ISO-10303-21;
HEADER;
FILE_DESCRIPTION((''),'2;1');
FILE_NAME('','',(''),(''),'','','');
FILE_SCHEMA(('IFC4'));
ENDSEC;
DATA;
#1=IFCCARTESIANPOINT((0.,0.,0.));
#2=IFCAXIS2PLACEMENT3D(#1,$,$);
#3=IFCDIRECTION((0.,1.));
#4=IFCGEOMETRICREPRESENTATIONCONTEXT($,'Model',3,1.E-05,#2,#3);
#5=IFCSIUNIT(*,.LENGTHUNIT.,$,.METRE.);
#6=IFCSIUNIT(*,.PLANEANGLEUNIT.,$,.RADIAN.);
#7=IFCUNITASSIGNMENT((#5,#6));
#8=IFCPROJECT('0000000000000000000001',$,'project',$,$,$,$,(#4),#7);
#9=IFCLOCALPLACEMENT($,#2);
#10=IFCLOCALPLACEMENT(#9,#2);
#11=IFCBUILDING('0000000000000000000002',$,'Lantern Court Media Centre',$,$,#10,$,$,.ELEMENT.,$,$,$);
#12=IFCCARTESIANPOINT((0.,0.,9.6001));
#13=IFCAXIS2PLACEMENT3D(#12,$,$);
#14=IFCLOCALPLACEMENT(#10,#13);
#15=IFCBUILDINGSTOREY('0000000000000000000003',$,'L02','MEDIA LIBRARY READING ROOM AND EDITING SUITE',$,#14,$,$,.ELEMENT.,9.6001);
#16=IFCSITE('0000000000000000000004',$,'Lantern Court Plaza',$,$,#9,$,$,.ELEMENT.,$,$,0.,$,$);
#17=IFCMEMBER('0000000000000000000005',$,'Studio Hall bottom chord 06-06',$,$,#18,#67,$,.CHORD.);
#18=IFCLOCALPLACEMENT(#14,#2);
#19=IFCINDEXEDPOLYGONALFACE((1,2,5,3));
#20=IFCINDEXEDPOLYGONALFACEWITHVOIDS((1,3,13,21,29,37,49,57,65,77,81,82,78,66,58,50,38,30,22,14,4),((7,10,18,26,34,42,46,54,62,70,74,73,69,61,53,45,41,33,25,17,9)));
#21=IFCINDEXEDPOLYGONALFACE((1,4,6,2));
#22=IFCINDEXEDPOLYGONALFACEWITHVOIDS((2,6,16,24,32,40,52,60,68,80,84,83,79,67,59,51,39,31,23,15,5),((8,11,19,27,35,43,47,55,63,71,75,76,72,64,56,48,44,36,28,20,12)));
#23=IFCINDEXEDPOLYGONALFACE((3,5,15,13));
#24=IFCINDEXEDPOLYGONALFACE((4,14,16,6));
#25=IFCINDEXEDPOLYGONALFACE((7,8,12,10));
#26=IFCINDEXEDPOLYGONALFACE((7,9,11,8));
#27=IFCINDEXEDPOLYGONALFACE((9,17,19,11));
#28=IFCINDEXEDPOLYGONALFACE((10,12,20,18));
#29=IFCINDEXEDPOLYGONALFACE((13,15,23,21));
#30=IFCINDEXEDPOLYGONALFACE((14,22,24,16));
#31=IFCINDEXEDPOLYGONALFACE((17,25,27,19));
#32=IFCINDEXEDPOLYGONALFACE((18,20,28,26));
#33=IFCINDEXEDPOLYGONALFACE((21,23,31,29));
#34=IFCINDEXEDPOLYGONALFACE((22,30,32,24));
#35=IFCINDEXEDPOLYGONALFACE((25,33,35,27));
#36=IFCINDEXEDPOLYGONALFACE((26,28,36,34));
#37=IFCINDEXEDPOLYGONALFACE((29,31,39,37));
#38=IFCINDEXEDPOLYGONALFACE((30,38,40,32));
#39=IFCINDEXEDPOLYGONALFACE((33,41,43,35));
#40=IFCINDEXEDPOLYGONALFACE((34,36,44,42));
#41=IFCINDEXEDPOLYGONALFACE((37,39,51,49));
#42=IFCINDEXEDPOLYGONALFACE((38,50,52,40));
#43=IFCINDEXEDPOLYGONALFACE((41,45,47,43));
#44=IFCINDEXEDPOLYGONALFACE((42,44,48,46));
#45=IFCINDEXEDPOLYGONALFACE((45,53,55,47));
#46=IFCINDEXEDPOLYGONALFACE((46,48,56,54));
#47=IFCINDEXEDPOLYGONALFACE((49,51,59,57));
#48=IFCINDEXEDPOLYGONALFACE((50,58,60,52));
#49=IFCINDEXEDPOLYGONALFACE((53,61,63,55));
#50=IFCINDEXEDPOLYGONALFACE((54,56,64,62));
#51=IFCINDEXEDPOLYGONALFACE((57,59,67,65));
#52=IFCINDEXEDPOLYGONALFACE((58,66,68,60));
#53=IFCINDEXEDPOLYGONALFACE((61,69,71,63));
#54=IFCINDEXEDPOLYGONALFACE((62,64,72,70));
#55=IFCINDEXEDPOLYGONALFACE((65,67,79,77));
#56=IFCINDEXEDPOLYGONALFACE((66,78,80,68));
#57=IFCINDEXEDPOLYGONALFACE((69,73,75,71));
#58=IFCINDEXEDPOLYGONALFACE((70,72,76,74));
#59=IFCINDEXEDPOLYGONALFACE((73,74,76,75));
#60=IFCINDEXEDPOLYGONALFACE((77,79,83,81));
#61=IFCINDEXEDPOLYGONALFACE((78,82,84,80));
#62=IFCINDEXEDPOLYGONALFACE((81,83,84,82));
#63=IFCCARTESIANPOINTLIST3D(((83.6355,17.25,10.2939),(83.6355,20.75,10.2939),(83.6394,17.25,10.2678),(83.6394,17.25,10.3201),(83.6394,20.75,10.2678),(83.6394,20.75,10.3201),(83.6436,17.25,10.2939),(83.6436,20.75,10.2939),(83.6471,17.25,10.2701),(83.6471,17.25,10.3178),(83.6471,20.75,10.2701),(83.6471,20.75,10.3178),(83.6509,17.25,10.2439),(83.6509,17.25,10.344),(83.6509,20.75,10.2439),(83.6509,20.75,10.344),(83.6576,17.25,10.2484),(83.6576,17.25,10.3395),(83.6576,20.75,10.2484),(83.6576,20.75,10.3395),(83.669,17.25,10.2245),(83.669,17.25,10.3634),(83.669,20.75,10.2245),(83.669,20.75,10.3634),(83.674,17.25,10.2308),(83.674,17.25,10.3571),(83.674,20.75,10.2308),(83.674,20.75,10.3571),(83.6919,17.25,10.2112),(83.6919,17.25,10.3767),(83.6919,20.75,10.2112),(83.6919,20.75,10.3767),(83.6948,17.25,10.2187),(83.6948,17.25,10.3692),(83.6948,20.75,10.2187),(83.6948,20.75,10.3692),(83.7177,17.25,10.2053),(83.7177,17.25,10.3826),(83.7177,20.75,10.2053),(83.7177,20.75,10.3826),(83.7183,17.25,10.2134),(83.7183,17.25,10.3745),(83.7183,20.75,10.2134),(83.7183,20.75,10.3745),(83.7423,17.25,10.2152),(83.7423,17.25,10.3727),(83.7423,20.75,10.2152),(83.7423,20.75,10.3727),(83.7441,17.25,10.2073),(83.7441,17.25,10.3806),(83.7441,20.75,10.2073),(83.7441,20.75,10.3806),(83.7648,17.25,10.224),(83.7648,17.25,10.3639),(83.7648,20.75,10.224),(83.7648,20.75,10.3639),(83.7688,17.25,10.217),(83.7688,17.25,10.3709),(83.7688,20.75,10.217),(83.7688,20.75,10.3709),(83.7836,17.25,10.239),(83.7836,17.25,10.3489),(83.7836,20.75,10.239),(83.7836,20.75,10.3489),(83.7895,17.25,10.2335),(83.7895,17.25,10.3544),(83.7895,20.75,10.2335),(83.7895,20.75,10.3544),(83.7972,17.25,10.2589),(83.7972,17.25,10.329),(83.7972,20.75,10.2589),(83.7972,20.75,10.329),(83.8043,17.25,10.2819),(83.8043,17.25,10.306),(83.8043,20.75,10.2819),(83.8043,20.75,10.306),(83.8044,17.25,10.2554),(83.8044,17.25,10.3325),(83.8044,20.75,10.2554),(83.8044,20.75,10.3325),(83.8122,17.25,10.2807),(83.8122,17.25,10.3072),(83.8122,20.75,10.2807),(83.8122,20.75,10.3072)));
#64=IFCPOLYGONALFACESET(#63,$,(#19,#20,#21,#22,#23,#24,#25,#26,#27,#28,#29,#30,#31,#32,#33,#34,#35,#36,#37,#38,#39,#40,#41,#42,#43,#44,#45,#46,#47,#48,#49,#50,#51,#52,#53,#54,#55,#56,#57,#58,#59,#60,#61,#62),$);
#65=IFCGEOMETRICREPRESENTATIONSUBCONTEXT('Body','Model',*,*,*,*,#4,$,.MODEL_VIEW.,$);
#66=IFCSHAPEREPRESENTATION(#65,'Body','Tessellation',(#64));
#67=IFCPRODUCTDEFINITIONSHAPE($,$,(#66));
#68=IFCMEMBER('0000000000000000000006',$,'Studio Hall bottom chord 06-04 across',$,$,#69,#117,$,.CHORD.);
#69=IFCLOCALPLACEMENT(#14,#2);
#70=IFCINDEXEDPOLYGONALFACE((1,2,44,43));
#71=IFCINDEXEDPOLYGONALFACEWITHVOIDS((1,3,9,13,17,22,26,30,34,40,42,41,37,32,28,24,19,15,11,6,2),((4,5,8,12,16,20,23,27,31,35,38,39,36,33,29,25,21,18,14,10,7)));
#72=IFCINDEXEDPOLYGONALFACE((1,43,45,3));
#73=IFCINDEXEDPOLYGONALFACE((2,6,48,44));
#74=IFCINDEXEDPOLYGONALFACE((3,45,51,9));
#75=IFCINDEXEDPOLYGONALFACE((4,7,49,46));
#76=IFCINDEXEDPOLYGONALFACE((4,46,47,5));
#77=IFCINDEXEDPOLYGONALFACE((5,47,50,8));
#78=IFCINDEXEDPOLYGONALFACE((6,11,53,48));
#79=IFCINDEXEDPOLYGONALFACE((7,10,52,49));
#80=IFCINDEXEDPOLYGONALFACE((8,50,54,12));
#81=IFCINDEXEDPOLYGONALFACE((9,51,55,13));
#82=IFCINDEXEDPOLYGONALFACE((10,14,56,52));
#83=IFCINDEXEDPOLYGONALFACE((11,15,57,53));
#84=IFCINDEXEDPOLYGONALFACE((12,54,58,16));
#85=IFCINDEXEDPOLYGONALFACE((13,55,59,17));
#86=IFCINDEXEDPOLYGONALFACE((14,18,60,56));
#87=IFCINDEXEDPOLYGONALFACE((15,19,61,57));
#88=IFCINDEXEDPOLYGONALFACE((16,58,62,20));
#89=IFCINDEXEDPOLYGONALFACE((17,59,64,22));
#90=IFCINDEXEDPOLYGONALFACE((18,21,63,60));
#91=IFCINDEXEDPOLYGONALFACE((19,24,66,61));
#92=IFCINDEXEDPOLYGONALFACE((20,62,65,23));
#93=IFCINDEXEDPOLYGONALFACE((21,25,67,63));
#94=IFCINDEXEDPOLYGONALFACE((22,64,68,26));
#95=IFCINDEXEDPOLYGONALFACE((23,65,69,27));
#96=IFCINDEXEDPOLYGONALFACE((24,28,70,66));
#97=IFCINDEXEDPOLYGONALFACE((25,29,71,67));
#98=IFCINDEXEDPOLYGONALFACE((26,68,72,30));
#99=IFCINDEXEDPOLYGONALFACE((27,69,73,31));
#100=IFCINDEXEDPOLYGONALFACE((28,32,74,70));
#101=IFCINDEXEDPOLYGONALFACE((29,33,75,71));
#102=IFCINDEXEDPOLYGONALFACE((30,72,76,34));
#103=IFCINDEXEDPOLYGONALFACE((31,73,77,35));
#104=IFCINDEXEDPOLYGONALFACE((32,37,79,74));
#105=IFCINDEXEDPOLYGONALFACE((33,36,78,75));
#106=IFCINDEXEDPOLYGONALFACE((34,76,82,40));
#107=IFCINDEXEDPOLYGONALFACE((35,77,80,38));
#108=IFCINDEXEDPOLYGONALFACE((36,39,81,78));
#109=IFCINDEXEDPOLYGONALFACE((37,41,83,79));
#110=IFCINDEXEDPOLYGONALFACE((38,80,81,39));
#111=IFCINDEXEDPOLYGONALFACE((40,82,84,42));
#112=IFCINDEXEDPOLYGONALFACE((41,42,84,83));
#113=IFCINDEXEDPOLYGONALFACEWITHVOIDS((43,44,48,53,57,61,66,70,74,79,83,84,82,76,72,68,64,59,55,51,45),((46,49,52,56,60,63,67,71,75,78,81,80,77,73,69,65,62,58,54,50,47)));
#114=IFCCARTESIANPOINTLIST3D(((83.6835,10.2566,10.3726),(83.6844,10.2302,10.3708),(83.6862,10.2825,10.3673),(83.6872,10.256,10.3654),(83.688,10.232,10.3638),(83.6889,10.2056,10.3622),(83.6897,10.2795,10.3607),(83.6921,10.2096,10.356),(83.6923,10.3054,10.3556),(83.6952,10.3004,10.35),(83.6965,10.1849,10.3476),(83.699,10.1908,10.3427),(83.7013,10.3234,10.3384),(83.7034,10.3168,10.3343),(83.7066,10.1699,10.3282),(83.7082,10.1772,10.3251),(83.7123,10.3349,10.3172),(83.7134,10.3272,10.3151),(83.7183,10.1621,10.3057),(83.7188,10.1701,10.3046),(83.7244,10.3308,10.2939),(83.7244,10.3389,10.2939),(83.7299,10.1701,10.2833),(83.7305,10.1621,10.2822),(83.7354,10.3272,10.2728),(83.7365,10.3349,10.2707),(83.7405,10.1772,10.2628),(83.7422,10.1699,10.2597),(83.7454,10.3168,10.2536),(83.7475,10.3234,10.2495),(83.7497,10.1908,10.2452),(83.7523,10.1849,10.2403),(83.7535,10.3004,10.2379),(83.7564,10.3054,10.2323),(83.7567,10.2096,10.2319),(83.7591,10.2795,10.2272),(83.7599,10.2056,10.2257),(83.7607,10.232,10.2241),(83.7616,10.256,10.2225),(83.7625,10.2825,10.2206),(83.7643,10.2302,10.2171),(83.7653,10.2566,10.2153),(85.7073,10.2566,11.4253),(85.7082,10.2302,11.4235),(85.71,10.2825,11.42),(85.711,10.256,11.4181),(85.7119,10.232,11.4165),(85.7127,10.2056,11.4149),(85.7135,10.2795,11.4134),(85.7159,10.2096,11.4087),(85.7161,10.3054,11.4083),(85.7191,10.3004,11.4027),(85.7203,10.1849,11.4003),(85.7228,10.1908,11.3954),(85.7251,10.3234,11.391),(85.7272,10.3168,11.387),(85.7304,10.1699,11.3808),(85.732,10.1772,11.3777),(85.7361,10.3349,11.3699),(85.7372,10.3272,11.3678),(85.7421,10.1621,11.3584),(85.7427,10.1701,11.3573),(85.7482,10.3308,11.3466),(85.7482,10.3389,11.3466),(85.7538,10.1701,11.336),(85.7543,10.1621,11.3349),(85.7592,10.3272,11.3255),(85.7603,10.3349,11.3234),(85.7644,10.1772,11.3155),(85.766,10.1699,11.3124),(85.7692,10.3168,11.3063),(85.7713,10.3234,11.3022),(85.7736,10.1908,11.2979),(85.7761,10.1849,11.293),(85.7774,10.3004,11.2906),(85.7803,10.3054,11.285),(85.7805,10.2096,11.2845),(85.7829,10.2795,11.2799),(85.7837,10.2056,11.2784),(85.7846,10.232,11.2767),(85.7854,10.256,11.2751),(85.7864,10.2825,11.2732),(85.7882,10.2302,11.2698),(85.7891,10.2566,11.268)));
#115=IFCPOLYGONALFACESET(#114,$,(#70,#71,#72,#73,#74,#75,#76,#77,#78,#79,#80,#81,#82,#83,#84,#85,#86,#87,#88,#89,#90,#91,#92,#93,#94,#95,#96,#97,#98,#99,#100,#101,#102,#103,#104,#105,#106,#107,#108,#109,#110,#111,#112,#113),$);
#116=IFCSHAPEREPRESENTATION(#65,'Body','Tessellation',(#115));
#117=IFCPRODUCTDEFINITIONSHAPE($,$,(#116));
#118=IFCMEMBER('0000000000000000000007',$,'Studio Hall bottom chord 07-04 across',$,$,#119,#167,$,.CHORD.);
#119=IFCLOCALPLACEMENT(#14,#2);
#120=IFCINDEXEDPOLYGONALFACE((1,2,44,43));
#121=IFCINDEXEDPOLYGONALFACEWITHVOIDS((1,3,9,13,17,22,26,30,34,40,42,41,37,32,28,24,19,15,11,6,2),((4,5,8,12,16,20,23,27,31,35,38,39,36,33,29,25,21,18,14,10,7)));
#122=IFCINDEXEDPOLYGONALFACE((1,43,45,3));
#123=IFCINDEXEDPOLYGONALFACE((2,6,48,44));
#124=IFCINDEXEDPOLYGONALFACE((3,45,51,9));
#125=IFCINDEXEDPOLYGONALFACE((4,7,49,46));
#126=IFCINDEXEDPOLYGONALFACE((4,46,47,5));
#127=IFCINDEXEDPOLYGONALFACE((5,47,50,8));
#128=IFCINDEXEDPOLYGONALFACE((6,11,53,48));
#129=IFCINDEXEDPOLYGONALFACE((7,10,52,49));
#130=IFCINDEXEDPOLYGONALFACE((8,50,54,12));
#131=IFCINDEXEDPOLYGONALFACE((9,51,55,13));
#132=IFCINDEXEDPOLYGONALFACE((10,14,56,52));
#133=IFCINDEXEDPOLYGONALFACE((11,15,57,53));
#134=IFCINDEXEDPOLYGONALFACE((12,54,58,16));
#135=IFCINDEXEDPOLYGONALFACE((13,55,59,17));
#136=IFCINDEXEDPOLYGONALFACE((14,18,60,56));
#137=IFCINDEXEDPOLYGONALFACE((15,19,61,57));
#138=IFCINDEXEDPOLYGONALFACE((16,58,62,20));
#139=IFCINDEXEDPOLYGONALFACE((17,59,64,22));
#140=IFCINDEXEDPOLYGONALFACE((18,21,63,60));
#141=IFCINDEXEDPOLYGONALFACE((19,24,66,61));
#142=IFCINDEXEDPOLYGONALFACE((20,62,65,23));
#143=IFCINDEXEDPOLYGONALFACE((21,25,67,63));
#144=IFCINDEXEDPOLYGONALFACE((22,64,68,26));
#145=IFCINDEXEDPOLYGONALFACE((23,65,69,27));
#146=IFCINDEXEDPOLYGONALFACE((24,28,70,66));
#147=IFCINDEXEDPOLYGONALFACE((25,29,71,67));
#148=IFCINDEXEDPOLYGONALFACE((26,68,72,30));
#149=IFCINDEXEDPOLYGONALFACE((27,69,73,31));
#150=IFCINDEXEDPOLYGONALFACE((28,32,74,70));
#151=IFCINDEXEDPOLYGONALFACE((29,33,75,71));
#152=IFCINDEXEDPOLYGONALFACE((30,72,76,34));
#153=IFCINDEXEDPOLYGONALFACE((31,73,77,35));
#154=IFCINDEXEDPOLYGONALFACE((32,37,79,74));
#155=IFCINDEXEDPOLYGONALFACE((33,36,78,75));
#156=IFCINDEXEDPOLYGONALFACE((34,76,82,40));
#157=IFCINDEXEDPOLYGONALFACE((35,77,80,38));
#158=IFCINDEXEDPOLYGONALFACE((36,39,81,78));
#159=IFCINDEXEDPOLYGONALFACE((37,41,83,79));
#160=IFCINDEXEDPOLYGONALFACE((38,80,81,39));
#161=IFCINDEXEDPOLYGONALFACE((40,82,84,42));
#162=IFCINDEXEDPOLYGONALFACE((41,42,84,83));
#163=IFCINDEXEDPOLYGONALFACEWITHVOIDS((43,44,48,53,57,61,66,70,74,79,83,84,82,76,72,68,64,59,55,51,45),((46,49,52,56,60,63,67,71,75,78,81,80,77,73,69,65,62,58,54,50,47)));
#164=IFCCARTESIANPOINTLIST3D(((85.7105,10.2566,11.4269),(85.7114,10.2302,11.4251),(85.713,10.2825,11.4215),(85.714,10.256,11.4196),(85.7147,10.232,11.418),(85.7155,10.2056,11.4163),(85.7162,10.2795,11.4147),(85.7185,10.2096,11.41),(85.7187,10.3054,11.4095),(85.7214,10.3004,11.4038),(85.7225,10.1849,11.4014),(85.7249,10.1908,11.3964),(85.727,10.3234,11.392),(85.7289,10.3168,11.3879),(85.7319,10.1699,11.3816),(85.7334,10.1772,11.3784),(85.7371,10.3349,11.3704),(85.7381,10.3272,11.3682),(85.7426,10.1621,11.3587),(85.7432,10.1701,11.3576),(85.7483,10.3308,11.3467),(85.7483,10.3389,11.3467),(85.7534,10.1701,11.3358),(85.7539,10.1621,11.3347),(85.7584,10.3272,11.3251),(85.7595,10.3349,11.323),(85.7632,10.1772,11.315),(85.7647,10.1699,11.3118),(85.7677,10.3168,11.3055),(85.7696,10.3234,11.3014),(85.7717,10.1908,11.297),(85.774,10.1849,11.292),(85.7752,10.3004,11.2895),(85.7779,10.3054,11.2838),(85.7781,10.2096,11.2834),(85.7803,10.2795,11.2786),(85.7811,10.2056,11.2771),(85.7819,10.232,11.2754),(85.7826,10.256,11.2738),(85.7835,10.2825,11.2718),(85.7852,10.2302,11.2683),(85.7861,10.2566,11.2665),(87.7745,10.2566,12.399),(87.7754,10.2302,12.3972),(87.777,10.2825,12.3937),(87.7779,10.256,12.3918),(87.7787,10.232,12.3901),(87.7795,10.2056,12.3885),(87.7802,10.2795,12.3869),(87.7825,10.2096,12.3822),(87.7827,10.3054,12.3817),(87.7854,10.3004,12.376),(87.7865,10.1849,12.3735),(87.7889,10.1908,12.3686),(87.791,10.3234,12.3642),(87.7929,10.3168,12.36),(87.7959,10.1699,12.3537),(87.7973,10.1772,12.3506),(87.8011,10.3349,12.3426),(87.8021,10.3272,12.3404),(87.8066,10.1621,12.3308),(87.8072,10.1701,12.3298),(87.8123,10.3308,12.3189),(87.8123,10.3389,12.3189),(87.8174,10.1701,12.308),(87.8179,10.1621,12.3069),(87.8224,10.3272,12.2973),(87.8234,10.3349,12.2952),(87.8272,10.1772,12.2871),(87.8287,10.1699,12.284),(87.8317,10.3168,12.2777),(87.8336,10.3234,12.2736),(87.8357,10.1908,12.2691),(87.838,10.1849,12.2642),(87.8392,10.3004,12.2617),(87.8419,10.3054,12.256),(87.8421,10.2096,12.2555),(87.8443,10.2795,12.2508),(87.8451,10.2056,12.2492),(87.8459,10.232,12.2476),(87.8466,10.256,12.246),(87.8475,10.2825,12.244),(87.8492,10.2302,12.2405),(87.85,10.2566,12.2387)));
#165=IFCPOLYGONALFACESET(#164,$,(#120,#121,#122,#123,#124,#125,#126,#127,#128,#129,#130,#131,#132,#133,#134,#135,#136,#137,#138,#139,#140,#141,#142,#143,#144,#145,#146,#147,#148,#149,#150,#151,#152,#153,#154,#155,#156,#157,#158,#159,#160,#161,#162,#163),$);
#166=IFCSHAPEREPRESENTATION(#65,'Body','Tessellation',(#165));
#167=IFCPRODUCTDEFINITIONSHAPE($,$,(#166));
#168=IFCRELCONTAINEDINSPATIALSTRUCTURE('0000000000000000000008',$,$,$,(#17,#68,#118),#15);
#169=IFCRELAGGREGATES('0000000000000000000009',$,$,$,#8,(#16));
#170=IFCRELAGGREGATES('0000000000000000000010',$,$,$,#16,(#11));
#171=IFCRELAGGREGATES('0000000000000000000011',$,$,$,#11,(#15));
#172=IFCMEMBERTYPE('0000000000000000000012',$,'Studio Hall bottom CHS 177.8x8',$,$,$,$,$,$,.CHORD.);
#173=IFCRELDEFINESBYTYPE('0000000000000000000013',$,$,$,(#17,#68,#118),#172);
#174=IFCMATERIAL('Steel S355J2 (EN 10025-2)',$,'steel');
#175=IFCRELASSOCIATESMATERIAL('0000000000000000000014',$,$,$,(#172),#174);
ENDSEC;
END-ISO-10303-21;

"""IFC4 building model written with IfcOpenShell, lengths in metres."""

from ifc_helpers import new_model, si_unit, direction, frame, origin, origin_2d, place, context, subcontext, project, spatial, hollow_circle, extrude, material, material_profile, profile_set, type_object, element, save


model = new_model("IFC4")

# Units and contexts
model_context = context("Model", 3, precision=1e-05, world=origin(), true_north=direction((0.0, 1.0)))
body_context = subcontext(model_context, "Body", "Model", "MODEL_VIEW")
ifc_project = project(units=[si_unit("LENGTHUNIT", "METRE"), si_unit("PLANEANGLEUNIT", "RADIAN")], contexts=[model_context])

# Site, building, storey
site_placement = place(None, origin())
site = spatial("IfcSite", under=ifc_project, at=site_placement, Name="Lantern Court Plaza", CompositionType="ELEMENT", RefElevation=0.0)
building_placement = place(site_placement, origin())
building = spatial("IfcBuilding", under=site, at=building_placement, Name="Lantern Court Media Centre", CompositionType="ELEMENT")
storey_placement = place(building_placement, frame((0.0, 0.0, 9.6001)))
storey = spatial("IfcBuildingStorey", under=building, at=storey_placement, Name="L02", Description="MEDIA LIBRARY READING ROOM AND EDITING SUITE", CompositionType="ELEMENT", Elevation=9.6001)

# Members
ifc_material = material(Name="Steel S355J2 (EN 10025-2)", Category="steel")
ifc_material_profile_1 = material_profile(ifc_material, hollow_circle(Radius=0.0889, WallThickness=0.0081, at=origin_2d()), Name="Studio Hall bottom CHS 177.8x8")
ifc_profile_set_1 = profile_set([ifc_material_profile_1], Name="Steel S355J2 (EN 10025-2)")
member_type_1 = type_object("IfcMemberType", Name="Studio Hall bottom CHS 177.8x8", PredefinedType="CHORD", material=ifc_profile_set_1)
for number, where, z_axis, x_axis, name in (
    (1, (83.7244, 17.25, 10.2939), (0.0, 1.0, 0.0), (-1.0, 0.0, 0.0), "Studio Hall bottom chord 06-06"),
):
    element("IfcMember", number, at=place(storey_placement, frame(where, z_axis=z_axis, x_axis=x_axis)), inside=storey, type_object=member_type_1, Name=name, PredefinedType="CHORD", context=body_context, shape_type="SweptSolid", body=[
        extrude(hollow_circle(Radius=0.0889, WallThickness=0.0081, at=origin_2d()), origin(), (0.0, 0.0, 1.0), 3.5),
    ])
member_1_placement = place(storey_placement, frame((83.7244, 10.25, 10.2939), z_axis=(0.887164, 0.0, 0.461454), x_axis=(0.0, 1.0, 0.0)))
element("IfcMember", 2, at=member_1_placement, inside=storey, type_object=member_type_1, Name="Studio Hall bottom chord 06-04 across", PredefinedType="CHORD", context=body_context, shape_type="SweptSolid", body=[
    extrude(hollow_circle(Radius=0.0889, WallThickness=0.0081, at=origin_2d()), origin(), (0.0, 0.0, 1.0), 2.2812),
])
member_2_placement = place(storey_placement, frame((85.7483, 10.25, 11.3467), z_axis=(0.904668, 0.0, 0.426117), x_axis=(0.0, 1.0, 0.0)))
element("IfcMember", 3, at=member_2_placement, inside=storey, type_object=member_type_1, Name="Studio Hall bottom chord 07-04 across", PredefinedType="CHORD", context=body_context, shape_type="SweptSolid", body=[
    extrude(hollow_circle(Radius=0.0889, WallThickness=0.0081, at=origin_2d()), origin(), (0.0, 0.0, 1.0), 2.2815),
])

save(model, "model.ifc")
